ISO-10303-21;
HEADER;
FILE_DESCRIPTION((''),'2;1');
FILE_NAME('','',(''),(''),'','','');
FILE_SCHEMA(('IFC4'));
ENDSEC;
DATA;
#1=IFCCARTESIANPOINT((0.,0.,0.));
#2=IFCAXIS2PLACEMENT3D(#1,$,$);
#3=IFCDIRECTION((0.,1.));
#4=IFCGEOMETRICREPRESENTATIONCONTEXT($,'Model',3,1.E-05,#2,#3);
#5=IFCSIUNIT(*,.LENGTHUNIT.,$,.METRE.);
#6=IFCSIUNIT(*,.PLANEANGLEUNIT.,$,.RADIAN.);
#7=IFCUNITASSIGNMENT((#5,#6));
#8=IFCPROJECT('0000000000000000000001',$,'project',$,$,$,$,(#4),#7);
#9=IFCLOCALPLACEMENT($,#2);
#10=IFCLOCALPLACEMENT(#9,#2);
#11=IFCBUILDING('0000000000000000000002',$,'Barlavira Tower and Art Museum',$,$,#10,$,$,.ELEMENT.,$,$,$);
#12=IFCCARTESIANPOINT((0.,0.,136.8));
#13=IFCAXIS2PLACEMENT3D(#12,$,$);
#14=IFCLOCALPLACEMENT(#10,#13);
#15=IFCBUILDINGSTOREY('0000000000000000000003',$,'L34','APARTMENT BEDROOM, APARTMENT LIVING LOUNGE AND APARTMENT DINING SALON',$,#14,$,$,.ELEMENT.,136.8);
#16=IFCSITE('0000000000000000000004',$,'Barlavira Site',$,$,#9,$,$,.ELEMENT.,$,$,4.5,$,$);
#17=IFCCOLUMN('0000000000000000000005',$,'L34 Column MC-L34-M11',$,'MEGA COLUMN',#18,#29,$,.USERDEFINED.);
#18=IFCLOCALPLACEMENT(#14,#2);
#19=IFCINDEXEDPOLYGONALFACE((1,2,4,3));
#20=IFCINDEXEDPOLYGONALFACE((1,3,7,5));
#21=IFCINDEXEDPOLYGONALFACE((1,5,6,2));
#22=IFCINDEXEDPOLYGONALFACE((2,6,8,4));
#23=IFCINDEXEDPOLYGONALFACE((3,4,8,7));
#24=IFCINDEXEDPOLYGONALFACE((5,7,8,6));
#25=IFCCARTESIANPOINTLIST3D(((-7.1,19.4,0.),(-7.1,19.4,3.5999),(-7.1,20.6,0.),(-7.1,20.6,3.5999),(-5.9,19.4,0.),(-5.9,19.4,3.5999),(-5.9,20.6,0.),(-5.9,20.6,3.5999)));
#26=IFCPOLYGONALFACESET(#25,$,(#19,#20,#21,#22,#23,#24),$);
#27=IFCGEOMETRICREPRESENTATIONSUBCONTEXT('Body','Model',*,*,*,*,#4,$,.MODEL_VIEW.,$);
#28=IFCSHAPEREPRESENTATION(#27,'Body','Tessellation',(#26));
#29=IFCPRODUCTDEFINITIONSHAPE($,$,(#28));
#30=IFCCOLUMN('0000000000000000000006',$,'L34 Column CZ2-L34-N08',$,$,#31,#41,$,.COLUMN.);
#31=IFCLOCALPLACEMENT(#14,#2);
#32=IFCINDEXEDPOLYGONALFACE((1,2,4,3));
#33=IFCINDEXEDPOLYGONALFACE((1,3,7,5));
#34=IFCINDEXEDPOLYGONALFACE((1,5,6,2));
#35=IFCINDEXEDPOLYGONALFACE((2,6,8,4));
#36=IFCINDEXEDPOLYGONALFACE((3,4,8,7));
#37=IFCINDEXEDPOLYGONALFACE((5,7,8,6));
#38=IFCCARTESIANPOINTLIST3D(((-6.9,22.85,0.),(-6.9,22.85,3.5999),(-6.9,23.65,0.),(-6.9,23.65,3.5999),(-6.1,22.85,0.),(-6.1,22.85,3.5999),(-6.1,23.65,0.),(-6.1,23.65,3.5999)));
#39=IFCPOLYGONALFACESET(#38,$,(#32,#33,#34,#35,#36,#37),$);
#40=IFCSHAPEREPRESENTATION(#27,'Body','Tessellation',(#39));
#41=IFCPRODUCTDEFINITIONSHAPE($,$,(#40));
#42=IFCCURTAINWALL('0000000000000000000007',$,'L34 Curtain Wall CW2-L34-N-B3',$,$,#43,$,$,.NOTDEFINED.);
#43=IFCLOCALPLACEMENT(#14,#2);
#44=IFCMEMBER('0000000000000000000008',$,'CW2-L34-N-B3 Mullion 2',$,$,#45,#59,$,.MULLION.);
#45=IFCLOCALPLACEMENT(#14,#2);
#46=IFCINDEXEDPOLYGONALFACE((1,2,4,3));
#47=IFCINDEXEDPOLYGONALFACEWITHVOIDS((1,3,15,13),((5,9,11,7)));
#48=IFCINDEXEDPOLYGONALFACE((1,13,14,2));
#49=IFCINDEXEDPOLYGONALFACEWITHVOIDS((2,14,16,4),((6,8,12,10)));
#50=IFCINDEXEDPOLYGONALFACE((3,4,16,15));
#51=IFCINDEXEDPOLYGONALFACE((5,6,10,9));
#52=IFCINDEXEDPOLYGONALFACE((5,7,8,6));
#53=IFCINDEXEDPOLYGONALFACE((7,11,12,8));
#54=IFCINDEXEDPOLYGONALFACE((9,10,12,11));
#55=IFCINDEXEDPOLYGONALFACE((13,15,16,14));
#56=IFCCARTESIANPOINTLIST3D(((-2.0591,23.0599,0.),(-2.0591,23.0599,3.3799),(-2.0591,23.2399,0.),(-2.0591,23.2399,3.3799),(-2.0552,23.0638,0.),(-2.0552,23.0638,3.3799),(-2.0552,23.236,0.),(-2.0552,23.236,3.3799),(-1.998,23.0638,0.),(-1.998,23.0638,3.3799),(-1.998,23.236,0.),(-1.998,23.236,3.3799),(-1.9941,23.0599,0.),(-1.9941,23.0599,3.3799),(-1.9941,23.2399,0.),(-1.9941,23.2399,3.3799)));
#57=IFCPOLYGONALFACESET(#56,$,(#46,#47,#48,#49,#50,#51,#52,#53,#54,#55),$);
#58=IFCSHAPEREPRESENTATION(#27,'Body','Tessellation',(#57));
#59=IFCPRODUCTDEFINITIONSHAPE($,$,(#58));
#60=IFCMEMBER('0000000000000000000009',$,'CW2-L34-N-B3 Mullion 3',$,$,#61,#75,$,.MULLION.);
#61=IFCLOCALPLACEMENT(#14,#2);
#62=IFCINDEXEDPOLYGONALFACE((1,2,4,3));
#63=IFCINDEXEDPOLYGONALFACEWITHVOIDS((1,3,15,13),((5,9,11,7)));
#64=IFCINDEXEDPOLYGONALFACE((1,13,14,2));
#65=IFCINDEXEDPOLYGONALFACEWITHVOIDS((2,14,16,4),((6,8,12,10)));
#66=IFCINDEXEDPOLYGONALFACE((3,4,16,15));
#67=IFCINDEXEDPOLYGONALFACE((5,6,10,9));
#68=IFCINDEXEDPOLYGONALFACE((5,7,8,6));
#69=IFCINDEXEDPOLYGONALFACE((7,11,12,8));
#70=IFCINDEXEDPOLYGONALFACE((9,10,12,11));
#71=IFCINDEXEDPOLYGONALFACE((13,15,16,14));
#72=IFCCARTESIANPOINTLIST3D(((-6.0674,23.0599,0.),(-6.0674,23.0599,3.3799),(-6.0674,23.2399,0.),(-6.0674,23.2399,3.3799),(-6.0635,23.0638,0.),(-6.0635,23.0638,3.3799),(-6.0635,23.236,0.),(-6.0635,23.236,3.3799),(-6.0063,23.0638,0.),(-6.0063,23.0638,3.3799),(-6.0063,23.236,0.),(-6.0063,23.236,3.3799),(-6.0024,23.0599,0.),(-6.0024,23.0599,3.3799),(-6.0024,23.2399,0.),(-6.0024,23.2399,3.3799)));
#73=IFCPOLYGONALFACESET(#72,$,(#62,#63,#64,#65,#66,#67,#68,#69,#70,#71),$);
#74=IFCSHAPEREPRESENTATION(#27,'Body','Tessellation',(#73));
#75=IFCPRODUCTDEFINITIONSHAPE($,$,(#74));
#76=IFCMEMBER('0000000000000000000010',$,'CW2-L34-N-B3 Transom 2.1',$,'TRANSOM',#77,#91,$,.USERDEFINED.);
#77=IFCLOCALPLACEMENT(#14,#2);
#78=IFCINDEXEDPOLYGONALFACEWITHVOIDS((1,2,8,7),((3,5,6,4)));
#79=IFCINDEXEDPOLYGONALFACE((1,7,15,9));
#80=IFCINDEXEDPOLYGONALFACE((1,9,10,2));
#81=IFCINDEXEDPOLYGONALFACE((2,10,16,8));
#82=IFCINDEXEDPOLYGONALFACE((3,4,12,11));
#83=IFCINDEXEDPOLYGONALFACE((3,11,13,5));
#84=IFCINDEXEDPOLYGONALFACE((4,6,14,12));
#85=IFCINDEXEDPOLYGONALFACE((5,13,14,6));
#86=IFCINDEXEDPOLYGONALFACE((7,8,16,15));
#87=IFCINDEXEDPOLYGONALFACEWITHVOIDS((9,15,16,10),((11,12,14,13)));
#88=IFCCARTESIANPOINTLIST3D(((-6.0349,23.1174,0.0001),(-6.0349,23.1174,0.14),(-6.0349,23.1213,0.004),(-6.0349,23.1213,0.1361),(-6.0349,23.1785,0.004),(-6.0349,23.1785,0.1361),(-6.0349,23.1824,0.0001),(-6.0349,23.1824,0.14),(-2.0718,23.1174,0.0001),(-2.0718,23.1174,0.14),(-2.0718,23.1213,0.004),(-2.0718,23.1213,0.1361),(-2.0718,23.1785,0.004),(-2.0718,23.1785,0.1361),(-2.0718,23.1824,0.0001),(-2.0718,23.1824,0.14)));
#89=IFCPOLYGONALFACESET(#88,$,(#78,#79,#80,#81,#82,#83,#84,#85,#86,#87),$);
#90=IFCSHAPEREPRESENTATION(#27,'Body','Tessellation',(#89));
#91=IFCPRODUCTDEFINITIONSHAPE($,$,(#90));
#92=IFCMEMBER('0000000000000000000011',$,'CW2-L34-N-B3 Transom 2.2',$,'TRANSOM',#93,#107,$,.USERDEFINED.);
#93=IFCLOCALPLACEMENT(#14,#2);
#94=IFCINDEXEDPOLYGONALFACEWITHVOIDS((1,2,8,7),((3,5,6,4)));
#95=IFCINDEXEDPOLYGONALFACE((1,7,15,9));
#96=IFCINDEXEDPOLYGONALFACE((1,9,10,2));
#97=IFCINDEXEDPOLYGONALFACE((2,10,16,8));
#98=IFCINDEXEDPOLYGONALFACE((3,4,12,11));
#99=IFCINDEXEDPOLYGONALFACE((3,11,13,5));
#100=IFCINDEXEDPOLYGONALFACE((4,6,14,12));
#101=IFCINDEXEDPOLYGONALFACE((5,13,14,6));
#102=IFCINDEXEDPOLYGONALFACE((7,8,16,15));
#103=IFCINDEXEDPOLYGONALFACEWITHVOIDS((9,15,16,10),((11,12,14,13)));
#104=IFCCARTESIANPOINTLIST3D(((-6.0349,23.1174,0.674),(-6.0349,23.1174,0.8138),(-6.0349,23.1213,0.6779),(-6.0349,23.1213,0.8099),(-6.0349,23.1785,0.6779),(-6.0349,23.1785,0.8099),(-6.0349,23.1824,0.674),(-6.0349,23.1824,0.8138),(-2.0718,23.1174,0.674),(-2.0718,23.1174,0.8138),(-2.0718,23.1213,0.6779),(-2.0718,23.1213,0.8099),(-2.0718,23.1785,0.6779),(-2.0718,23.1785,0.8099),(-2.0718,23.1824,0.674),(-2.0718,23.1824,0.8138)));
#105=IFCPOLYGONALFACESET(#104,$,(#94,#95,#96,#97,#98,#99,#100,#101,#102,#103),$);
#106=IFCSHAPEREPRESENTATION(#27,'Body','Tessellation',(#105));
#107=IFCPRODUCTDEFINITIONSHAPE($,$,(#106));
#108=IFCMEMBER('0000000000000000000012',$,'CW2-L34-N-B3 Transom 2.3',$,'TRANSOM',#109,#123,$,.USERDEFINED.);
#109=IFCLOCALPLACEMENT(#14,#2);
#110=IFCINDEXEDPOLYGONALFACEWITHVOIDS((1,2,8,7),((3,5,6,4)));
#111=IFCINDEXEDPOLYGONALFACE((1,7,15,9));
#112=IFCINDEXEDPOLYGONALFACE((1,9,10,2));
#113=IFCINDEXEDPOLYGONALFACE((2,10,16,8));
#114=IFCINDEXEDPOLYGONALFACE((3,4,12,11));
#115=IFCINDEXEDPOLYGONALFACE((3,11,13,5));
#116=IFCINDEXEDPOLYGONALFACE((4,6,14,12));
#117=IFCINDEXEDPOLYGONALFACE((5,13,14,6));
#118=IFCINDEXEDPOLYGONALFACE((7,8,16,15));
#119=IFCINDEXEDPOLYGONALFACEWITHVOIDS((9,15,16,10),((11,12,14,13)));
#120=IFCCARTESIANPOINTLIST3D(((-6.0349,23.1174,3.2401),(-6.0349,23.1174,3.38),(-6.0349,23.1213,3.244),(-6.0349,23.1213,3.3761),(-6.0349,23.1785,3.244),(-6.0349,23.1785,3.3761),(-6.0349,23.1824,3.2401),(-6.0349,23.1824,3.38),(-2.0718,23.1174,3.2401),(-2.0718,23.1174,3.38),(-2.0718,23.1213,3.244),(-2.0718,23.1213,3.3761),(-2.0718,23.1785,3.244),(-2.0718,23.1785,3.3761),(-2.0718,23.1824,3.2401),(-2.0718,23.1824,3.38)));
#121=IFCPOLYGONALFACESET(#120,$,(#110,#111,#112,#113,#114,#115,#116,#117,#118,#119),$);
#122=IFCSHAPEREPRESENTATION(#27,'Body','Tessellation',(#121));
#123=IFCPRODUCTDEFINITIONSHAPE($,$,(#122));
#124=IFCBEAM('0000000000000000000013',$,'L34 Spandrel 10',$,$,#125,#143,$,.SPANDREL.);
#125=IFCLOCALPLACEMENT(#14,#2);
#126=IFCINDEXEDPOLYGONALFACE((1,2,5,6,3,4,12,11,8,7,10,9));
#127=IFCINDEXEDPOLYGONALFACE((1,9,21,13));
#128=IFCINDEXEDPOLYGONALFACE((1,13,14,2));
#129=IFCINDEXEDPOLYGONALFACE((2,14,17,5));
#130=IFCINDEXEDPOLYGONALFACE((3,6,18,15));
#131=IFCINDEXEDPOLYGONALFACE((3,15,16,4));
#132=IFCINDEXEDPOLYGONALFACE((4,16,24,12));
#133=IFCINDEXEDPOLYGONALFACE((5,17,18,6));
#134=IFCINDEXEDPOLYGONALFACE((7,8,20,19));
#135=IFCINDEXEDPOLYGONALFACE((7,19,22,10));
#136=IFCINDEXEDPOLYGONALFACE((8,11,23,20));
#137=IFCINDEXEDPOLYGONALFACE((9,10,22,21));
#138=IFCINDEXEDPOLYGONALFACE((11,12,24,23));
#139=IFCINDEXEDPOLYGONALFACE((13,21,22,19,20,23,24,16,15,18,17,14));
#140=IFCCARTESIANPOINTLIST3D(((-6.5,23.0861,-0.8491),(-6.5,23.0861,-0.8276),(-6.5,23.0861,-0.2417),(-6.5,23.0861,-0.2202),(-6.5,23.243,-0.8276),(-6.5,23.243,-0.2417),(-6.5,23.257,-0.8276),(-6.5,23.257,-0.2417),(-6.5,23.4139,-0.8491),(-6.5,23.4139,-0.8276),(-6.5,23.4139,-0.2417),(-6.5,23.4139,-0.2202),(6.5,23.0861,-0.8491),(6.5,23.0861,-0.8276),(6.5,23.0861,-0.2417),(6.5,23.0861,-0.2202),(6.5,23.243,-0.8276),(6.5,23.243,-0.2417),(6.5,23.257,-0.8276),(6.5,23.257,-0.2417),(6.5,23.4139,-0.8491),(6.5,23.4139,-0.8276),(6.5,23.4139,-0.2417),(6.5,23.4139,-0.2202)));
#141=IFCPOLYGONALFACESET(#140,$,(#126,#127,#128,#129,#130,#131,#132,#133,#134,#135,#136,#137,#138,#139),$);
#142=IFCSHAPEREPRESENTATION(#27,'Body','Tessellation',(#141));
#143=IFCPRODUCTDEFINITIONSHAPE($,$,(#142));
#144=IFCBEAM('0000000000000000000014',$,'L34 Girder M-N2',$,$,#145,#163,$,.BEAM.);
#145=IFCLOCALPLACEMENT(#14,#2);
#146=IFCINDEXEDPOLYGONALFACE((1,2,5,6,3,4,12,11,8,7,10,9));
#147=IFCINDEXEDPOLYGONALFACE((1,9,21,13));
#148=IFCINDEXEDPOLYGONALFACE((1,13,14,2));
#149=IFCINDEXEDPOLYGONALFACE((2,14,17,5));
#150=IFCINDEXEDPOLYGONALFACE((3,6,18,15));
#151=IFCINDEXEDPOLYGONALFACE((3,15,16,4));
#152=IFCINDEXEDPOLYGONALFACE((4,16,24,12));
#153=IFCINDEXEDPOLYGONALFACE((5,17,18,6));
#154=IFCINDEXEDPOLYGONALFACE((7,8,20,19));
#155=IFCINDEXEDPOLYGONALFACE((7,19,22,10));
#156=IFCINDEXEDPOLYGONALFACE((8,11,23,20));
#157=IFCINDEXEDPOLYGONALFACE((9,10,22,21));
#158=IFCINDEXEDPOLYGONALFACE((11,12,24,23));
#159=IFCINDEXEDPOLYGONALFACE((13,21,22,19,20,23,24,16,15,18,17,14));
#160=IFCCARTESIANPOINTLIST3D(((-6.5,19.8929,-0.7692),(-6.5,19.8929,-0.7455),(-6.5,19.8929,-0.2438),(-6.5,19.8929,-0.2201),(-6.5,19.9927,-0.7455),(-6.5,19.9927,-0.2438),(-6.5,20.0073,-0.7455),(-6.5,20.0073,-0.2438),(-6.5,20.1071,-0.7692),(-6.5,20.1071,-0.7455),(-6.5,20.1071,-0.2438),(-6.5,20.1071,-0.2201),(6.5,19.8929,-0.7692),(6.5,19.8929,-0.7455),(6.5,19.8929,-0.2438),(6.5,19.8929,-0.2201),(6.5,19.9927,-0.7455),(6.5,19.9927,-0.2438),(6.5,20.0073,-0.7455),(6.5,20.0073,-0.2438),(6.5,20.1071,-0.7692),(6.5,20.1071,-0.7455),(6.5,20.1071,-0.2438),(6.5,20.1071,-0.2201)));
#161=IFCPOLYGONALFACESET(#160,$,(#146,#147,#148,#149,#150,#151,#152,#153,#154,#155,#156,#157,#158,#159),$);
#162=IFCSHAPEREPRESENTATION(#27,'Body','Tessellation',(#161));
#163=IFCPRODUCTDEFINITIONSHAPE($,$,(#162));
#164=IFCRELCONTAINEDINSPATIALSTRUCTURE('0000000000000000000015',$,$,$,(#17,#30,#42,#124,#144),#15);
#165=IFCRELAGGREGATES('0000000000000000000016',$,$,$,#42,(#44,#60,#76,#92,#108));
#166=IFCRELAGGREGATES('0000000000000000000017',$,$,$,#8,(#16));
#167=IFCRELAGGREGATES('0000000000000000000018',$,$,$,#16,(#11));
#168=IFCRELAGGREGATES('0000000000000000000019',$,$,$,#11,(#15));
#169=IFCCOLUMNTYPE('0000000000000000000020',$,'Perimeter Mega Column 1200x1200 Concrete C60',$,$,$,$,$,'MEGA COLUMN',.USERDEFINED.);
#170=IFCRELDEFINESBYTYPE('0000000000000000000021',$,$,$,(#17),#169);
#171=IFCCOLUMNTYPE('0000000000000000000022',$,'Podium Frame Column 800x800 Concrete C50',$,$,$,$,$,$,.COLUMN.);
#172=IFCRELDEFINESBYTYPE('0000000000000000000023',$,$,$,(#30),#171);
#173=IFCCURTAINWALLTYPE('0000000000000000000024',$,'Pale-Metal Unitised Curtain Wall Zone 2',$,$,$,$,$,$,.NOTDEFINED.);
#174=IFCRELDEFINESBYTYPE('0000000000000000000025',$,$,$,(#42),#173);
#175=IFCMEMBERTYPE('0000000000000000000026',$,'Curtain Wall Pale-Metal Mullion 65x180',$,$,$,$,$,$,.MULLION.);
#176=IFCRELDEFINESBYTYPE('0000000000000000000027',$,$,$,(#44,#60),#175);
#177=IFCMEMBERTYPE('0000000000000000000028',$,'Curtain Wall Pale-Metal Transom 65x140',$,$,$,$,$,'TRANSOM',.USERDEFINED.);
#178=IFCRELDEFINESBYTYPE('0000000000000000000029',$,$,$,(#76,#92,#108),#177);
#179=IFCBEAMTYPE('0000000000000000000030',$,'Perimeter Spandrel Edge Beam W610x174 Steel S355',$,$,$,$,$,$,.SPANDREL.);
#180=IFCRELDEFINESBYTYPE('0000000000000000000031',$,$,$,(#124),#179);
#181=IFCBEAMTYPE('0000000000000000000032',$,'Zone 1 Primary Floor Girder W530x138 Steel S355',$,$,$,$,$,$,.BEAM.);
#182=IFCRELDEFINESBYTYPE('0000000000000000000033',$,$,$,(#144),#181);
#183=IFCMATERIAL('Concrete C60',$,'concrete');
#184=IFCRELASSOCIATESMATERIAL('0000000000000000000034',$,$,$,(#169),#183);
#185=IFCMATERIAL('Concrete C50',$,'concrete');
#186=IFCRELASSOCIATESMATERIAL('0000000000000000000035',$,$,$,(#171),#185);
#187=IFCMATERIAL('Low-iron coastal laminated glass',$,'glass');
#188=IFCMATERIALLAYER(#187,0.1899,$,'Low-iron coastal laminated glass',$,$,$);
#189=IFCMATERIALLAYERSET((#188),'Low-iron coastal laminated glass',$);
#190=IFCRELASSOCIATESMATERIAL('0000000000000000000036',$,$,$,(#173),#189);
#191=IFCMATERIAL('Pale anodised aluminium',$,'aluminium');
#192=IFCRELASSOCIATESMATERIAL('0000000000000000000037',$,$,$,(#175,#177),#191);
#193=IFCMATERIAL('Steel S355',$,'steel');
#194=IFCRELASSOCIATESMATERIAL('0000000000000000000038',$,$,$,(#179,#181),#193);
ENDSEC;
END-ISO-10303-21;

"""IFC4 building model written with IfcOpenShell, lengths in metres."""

from ifc_helpers import new_model, si_unit, direction, frame, origin, origin_2d, place, context, subcontext, project, spatial, rectangle, hollow_rectangle, i_section, extrude, material, layer, layer_set, material_profile, profile_set, type_object, element, aggregate, save


model = new_model("IFC4")

# Units and contexts
model_context = context("Model", 3, precision=1e-05, world=origin(), true_north=direction((0.0, 1.0)))
body_context = subcontext(model_context, "Body", "Model", "MODEL_VIEW")
ifc_project = project(units=[si_unit("LENGTHUNIT", "METRE"), si_unit("PLANEANGLEUNIT", "RADIAN")], contexts=[model_context])

# Site, building, storey
site_placement = place(None, origin())
site = spatial("IfcSite", under=ifc_project, at=site_placement, Name="Barlavira Site", CompositionType="ELEMENT", RefElevation=4.5)
building_placement = place(site_placement, origin())
building = spatial("IfcBuilding", under=site, at=building_placement, Name="Barlavira Tower and Art Museum", CompositionType="ELEMENT")
storey_placement = place(building_placement, frame((0.0, 0.0, 136.8)))
storey = spatial("IfcBuildingStorey", under=building, at=storey_placement, Name="L34", Description="APARTMENT BEDROOM, APARTMENT LIVING LOUNGE AND APARTMENT DINING SALON", CompositionType="ELEMENT", Elevation=136.8)

# Columns
ifc_material_1 = material(Name="Concrete C60", Category="concrete")
ifc_material_profile_1 = material_profile(ifc_material_1, rectangle(XDim=1.2, YDim=1.2, at=origin_2d()), Name="RC-COL 1200x1200")
ifc_profile_set_1 = profile_set([ifc_material_profile_1], Name="Concrete C60")
column_type_1 = type_object("IfcColumnType", Name="Perimeter Mega Column 1200x1200 Concrete C60", ElementType="MEGA COLUMN", PredefinedType="USERDEFINED", material=ifc_profile_set_1)
column_1_placement = place(storey_placement, frame((-6.5, 20.0, 0.0), z_axis=(0.0, 0.0, 1.0), x_axis=(1.0, 0.0, 0.0)))
element("IfcColumn", 1, at=column_1_placement, inside=storey, type_object=column_type_1, Name="L34 Column MC-L34-M11", ObjectType="MEGA COLUMN", PredefinedType="USERDEFINED", context=body_context, shape_type="SweptSolid", body=[
    extrude(rectangle(XDim=1.2, YDim=1.2, at=origin_2d()), origin(), (0.0, 0.0, 1.0), 3.5999),
])
ifc_material_2 = material(Name="Concrete C50", Category="concrete")
ifc_material_profile_2 = material_profile(ifc_material_2, rectangle(XDim=0.8, YDim=0.8, at=origin_2d()), Name="RC-COL 800x800")
ifc_profile_set_2 = profile_set([ifc_material_profile_2], Name="Concrete C50")
column_type_2 = type_object("IfcColumnType", Name="Podium Frame Column 800x800 Concrete C50", PredefinedType="COLUMN", material=ifc_profile_set_2)
column_2_placement = place(storey_placement, frame((-6.5, 23.25, 0.0), z_axis=(0.0, 0.0, 1.0), x_axis=(1.0, 0.0, 0.0)))
element("IfcColumn", 2, at=column_2_placement, inside=storey, type_object=column_type_2, Name="L34 Column CZ2-L34-N08", PredefinedType="COLUMN", context=body_context, shape_type="SweptSolid", body=[
    extrude(rectangle(XDim=0.8, YDim=0.8, at=origin_2d()), origin(), (0.0, 0.0, 1.0), 3.5999),
])

# Curtain wall, members
ifc_material_3 = material(Name="Low-iron coastal laminated glass", Category="glass")
ifc_layer_1 = layer(ifc_material_3, 0.1899, Name="Low-iron coastal laminated glass")
ifc_layer_set_1 = layer_set([ifc_layer_1], Name="Low-iron coastal laminated glass")
curtain_wall_type = type_object("IfcCurtainWallType", Name="Pale-Metal Unitised Curtain Wall Zone 2", PredefinedType="NOTDEFINED", material=ifc_layer_set_1)
curtain_wall_placement = place(storey_placement, origin())
curtain_wall = element("IfcCurtainWall", 3, at=curtain_wall_placement, inside=storey, type_object=curtain_wall_type, Name="L34 Curtain Wall CW2-L34-N-B3", PredefinedType="NOTDEFINED")
ifc_material_4 = material(Name="Pale anodised aluminium", Category="aluminium")
ifc_material_profile_3 = material_profile(ifc_material_4, hollow_rectangle(XDim=0.0649, YDim=0.1799, WallThickness=0.0039, at=origin_2d()), Name="ALU-MULL 65x180x4")
ifc_profile_set_3 = profile_set([ifc_material_profile_3], Name="Pale anodised aluminium")
member_type_1 = type_object("IfcMemberType", Name="Curtain Wall Pale-Metal Mullion 65x180", PredefinedType="MULLION", material=ifc_profile_set_3)
member_1_placement = place(storey_placement, frame((-2.0266, 23.1499, 0.0), z_axis=(0.0, 0.0, 1.0), x_axis=(-1.0, 0.0, 0.0)))
member_1 = element("IfcMember", 4, at=member_1_placement, type_object=member_type_1, Name="CW2-L34-N-B3 Mullion 2", PredefinedType="MULLION", context=body_context, shape_type="SweptSolid", body=[
    extrude(hollow_rectangle(XDim=0.0649, YDim=0.1799, WallThickness=0.0039, at=origin_2d()), origin(), (0.0, 0.0, 1.0), 3.3799),
])
member_2_placement = place(storey_placement, frame((-6.0349, 23.1499, 0.0), z_axis=(0.0, 0.0, 1.0), x_axis=(-1.0, 0.0, 0.0)))
member_2 = element("IfcMember", 5, at=member_2_placement, type_object=member_type_1, Name="CW2-L34-N-B3 Mullion 3", PredefinedType="MULLION", context=body_context, shape_type="SweptSolid", body=[
    extrude(hollow_rectangle(XDim=0.0649, YDim=0.1799, WallThickness=0.0039, at=origin_2d()), origin(), (0.0, 0.0, 1.0), 3.3799),
])
ifc_material_profile_4 = material_profile(ifc_material_4, hollow_rectangle(XDim=0.0649, YDim=0.1399, WallThickness=0.0039, at=origin_2d()), Name="ALU-TRAN 65x140x4")
ifc_profile_set_4 = profile_set([ifc_material_profile_4], Name="Pale anodised aluminium")
member_type_2 = type_object("IfcMemberType", Name="Curtain Wall Pale-Metal Transom 65x140", ElementType="TRANSOM", PredefinedType="USERDEFINED", material=ifc_profile_set_4)
member_3_placement = place(storey_placement, frame((-2.0718, 23.1499, 0.0701), z_axis=(-1.0, 0.0, 0.0), x_axis=(0.0, -1.0, 0.0)))
member_3 = element("IfcMember", 6, at=member_3_placement, type_object=member_type_2, Name="CW2-L34-N-B3 Transom 2.1", ObjectType="TRANSOM", PredefinedType="USERDEFINED", context=body_context, shape_type="SweptSolid", body=[
    extrude(hollow_rectangle(XDim=0.0649, YDim=0.1399, WallThickness=0.0039, at=origin_2d()), origin(), (0.0, 0.0, 1.0), 3.9631),
])
member_4_placement = place(storey_placement, frame((-2.0718, 23.1499, 0.7439), z_axis=(-1.0, 0.0, 0.0), x_axis=(0.0, -1.0, 0.0)))
member_4 = element("IfcMember", 7, at=member_4_placement, type_object=member_type_2, Name="CW2-L34-N-B3 Transom 2.2", ObjectType="TRANSOM", PredefinedType="USERDEFINED", context=body_context, shape_type="SweptSolid", body=[
    extrude(hollow_rectangle(XDim=0.0649, YDim=0.1399, WallThickness=0.0039, at=origin_2d()), origin(), (0.0, 0.0, 1.0), 3.9631),
])
member_5_placement = place(storey_placement, frame((-2.0718, 23.1499, 3.3101), z_axis=(-1.0, 0.0, 0.0), x_axis=(0.0, -1.0, 0.0)))
member_5 = element("IfcMember", 8, at=member_5_placement, type_object=member_type_2, Name="CW2-L34-N-B3 Transom 2.3", ObjectType="TRANSOM", PredefinedType="USERDEFINED", context=body_context, shape_type="SweptSolid", body=[
    extrude(hollow_rectangle(XDim=0.0649, YDim=0.1399, WallThickness=0.0039, at=origin_2d()), origin(), (0.0, 0.0, 1.0), 3.9631),
])

# Beams
ifc_material_5 = material(Name="Steel S355", Category="steel")
ifc_material_profile_5 = material_profile(ifc_material_5, i_section(OverallWidth=0.3279, OverallDepth=0.6289, WebThickness=0.0139, FlangeThickness=0.0215, at=origin_2d()), Name="W610x174.0")
ifc_profile_set_5 = profile_set([ifc_material_profile_5], Name="Steel S355")
beam_type_1 = type_object("IfcBeamType", Name="Perimeter Spandrel Edge Beam W610x174 Steel S355", PredefinedType="SPANDREL", material=ifc_profile_set_5)
beam_1_placement = place(storey_placement, frame((-6.5, 23.25, -0.5347), z_axis=(1.0, 0.0, 0.0), x_axis=(0.0, 1.0, 0.0)))
element("IfcBeam", 9, at=beam_1_placement, inside=storey, type_object=beam_type_1, Name="L34 Spandrel 10", PredefinedType="SPANDREL", context=body_context, shape_type="SweptSolid", body=[
    extrude(i_section(OverallWidth=0.3279, OverallDepth=0.6289, WebThickness=0.0139, FlangeThickness=0.0215, at=origin_2d()), origin(), (0.0, 0.0, 1.0), 13.0),
])
ifc_material_profile_6 = material_profile(ifc_material_5, i_section(OverallWidth=0.2141, OverallDepth=0.5491, WebThickness=0.0146, FlangeThickness=0.0237, at=origin_2d()), Name="W530x138.0")
ifc_profile_set_6 = profile_set([ifc_material_profile_6], Name="Steel S355")
beam_type_2 = type_object("IfcBeamType", Name="Zone 1 Primary Floor Girder W530x138 Steel S355", PredefinedType="BEAM", material=ifc_profile_set_6)
beam_2_placement = place(storey_placement, frame((-6.5, 20.0, -0.4946), z_axis=(1.0, 0.0, 0.0), x_axis=(0.0, 1.0, 0.0)))
element("IfcBeam", 10, at=beam_2_placement, inside=storey, type_object=beam_type_2, Name="L34 Girder M-N2", PredefinedType="BEAM", context=body_context, shape_type="SweptSolid", body=[
    extrude(i_section(OverallWidth=0.2141, OverallDepth=0.5491, WebThickness=0.0146, FlangeThickness=0.0237, at=origin_2d()), origin(), (0.0, 0.0, 1.0), 13.0),
])

aggregate(curtain_wall, [member_1, member_2, member_3, member_4, member_5])

save(model, "model.ifc")
